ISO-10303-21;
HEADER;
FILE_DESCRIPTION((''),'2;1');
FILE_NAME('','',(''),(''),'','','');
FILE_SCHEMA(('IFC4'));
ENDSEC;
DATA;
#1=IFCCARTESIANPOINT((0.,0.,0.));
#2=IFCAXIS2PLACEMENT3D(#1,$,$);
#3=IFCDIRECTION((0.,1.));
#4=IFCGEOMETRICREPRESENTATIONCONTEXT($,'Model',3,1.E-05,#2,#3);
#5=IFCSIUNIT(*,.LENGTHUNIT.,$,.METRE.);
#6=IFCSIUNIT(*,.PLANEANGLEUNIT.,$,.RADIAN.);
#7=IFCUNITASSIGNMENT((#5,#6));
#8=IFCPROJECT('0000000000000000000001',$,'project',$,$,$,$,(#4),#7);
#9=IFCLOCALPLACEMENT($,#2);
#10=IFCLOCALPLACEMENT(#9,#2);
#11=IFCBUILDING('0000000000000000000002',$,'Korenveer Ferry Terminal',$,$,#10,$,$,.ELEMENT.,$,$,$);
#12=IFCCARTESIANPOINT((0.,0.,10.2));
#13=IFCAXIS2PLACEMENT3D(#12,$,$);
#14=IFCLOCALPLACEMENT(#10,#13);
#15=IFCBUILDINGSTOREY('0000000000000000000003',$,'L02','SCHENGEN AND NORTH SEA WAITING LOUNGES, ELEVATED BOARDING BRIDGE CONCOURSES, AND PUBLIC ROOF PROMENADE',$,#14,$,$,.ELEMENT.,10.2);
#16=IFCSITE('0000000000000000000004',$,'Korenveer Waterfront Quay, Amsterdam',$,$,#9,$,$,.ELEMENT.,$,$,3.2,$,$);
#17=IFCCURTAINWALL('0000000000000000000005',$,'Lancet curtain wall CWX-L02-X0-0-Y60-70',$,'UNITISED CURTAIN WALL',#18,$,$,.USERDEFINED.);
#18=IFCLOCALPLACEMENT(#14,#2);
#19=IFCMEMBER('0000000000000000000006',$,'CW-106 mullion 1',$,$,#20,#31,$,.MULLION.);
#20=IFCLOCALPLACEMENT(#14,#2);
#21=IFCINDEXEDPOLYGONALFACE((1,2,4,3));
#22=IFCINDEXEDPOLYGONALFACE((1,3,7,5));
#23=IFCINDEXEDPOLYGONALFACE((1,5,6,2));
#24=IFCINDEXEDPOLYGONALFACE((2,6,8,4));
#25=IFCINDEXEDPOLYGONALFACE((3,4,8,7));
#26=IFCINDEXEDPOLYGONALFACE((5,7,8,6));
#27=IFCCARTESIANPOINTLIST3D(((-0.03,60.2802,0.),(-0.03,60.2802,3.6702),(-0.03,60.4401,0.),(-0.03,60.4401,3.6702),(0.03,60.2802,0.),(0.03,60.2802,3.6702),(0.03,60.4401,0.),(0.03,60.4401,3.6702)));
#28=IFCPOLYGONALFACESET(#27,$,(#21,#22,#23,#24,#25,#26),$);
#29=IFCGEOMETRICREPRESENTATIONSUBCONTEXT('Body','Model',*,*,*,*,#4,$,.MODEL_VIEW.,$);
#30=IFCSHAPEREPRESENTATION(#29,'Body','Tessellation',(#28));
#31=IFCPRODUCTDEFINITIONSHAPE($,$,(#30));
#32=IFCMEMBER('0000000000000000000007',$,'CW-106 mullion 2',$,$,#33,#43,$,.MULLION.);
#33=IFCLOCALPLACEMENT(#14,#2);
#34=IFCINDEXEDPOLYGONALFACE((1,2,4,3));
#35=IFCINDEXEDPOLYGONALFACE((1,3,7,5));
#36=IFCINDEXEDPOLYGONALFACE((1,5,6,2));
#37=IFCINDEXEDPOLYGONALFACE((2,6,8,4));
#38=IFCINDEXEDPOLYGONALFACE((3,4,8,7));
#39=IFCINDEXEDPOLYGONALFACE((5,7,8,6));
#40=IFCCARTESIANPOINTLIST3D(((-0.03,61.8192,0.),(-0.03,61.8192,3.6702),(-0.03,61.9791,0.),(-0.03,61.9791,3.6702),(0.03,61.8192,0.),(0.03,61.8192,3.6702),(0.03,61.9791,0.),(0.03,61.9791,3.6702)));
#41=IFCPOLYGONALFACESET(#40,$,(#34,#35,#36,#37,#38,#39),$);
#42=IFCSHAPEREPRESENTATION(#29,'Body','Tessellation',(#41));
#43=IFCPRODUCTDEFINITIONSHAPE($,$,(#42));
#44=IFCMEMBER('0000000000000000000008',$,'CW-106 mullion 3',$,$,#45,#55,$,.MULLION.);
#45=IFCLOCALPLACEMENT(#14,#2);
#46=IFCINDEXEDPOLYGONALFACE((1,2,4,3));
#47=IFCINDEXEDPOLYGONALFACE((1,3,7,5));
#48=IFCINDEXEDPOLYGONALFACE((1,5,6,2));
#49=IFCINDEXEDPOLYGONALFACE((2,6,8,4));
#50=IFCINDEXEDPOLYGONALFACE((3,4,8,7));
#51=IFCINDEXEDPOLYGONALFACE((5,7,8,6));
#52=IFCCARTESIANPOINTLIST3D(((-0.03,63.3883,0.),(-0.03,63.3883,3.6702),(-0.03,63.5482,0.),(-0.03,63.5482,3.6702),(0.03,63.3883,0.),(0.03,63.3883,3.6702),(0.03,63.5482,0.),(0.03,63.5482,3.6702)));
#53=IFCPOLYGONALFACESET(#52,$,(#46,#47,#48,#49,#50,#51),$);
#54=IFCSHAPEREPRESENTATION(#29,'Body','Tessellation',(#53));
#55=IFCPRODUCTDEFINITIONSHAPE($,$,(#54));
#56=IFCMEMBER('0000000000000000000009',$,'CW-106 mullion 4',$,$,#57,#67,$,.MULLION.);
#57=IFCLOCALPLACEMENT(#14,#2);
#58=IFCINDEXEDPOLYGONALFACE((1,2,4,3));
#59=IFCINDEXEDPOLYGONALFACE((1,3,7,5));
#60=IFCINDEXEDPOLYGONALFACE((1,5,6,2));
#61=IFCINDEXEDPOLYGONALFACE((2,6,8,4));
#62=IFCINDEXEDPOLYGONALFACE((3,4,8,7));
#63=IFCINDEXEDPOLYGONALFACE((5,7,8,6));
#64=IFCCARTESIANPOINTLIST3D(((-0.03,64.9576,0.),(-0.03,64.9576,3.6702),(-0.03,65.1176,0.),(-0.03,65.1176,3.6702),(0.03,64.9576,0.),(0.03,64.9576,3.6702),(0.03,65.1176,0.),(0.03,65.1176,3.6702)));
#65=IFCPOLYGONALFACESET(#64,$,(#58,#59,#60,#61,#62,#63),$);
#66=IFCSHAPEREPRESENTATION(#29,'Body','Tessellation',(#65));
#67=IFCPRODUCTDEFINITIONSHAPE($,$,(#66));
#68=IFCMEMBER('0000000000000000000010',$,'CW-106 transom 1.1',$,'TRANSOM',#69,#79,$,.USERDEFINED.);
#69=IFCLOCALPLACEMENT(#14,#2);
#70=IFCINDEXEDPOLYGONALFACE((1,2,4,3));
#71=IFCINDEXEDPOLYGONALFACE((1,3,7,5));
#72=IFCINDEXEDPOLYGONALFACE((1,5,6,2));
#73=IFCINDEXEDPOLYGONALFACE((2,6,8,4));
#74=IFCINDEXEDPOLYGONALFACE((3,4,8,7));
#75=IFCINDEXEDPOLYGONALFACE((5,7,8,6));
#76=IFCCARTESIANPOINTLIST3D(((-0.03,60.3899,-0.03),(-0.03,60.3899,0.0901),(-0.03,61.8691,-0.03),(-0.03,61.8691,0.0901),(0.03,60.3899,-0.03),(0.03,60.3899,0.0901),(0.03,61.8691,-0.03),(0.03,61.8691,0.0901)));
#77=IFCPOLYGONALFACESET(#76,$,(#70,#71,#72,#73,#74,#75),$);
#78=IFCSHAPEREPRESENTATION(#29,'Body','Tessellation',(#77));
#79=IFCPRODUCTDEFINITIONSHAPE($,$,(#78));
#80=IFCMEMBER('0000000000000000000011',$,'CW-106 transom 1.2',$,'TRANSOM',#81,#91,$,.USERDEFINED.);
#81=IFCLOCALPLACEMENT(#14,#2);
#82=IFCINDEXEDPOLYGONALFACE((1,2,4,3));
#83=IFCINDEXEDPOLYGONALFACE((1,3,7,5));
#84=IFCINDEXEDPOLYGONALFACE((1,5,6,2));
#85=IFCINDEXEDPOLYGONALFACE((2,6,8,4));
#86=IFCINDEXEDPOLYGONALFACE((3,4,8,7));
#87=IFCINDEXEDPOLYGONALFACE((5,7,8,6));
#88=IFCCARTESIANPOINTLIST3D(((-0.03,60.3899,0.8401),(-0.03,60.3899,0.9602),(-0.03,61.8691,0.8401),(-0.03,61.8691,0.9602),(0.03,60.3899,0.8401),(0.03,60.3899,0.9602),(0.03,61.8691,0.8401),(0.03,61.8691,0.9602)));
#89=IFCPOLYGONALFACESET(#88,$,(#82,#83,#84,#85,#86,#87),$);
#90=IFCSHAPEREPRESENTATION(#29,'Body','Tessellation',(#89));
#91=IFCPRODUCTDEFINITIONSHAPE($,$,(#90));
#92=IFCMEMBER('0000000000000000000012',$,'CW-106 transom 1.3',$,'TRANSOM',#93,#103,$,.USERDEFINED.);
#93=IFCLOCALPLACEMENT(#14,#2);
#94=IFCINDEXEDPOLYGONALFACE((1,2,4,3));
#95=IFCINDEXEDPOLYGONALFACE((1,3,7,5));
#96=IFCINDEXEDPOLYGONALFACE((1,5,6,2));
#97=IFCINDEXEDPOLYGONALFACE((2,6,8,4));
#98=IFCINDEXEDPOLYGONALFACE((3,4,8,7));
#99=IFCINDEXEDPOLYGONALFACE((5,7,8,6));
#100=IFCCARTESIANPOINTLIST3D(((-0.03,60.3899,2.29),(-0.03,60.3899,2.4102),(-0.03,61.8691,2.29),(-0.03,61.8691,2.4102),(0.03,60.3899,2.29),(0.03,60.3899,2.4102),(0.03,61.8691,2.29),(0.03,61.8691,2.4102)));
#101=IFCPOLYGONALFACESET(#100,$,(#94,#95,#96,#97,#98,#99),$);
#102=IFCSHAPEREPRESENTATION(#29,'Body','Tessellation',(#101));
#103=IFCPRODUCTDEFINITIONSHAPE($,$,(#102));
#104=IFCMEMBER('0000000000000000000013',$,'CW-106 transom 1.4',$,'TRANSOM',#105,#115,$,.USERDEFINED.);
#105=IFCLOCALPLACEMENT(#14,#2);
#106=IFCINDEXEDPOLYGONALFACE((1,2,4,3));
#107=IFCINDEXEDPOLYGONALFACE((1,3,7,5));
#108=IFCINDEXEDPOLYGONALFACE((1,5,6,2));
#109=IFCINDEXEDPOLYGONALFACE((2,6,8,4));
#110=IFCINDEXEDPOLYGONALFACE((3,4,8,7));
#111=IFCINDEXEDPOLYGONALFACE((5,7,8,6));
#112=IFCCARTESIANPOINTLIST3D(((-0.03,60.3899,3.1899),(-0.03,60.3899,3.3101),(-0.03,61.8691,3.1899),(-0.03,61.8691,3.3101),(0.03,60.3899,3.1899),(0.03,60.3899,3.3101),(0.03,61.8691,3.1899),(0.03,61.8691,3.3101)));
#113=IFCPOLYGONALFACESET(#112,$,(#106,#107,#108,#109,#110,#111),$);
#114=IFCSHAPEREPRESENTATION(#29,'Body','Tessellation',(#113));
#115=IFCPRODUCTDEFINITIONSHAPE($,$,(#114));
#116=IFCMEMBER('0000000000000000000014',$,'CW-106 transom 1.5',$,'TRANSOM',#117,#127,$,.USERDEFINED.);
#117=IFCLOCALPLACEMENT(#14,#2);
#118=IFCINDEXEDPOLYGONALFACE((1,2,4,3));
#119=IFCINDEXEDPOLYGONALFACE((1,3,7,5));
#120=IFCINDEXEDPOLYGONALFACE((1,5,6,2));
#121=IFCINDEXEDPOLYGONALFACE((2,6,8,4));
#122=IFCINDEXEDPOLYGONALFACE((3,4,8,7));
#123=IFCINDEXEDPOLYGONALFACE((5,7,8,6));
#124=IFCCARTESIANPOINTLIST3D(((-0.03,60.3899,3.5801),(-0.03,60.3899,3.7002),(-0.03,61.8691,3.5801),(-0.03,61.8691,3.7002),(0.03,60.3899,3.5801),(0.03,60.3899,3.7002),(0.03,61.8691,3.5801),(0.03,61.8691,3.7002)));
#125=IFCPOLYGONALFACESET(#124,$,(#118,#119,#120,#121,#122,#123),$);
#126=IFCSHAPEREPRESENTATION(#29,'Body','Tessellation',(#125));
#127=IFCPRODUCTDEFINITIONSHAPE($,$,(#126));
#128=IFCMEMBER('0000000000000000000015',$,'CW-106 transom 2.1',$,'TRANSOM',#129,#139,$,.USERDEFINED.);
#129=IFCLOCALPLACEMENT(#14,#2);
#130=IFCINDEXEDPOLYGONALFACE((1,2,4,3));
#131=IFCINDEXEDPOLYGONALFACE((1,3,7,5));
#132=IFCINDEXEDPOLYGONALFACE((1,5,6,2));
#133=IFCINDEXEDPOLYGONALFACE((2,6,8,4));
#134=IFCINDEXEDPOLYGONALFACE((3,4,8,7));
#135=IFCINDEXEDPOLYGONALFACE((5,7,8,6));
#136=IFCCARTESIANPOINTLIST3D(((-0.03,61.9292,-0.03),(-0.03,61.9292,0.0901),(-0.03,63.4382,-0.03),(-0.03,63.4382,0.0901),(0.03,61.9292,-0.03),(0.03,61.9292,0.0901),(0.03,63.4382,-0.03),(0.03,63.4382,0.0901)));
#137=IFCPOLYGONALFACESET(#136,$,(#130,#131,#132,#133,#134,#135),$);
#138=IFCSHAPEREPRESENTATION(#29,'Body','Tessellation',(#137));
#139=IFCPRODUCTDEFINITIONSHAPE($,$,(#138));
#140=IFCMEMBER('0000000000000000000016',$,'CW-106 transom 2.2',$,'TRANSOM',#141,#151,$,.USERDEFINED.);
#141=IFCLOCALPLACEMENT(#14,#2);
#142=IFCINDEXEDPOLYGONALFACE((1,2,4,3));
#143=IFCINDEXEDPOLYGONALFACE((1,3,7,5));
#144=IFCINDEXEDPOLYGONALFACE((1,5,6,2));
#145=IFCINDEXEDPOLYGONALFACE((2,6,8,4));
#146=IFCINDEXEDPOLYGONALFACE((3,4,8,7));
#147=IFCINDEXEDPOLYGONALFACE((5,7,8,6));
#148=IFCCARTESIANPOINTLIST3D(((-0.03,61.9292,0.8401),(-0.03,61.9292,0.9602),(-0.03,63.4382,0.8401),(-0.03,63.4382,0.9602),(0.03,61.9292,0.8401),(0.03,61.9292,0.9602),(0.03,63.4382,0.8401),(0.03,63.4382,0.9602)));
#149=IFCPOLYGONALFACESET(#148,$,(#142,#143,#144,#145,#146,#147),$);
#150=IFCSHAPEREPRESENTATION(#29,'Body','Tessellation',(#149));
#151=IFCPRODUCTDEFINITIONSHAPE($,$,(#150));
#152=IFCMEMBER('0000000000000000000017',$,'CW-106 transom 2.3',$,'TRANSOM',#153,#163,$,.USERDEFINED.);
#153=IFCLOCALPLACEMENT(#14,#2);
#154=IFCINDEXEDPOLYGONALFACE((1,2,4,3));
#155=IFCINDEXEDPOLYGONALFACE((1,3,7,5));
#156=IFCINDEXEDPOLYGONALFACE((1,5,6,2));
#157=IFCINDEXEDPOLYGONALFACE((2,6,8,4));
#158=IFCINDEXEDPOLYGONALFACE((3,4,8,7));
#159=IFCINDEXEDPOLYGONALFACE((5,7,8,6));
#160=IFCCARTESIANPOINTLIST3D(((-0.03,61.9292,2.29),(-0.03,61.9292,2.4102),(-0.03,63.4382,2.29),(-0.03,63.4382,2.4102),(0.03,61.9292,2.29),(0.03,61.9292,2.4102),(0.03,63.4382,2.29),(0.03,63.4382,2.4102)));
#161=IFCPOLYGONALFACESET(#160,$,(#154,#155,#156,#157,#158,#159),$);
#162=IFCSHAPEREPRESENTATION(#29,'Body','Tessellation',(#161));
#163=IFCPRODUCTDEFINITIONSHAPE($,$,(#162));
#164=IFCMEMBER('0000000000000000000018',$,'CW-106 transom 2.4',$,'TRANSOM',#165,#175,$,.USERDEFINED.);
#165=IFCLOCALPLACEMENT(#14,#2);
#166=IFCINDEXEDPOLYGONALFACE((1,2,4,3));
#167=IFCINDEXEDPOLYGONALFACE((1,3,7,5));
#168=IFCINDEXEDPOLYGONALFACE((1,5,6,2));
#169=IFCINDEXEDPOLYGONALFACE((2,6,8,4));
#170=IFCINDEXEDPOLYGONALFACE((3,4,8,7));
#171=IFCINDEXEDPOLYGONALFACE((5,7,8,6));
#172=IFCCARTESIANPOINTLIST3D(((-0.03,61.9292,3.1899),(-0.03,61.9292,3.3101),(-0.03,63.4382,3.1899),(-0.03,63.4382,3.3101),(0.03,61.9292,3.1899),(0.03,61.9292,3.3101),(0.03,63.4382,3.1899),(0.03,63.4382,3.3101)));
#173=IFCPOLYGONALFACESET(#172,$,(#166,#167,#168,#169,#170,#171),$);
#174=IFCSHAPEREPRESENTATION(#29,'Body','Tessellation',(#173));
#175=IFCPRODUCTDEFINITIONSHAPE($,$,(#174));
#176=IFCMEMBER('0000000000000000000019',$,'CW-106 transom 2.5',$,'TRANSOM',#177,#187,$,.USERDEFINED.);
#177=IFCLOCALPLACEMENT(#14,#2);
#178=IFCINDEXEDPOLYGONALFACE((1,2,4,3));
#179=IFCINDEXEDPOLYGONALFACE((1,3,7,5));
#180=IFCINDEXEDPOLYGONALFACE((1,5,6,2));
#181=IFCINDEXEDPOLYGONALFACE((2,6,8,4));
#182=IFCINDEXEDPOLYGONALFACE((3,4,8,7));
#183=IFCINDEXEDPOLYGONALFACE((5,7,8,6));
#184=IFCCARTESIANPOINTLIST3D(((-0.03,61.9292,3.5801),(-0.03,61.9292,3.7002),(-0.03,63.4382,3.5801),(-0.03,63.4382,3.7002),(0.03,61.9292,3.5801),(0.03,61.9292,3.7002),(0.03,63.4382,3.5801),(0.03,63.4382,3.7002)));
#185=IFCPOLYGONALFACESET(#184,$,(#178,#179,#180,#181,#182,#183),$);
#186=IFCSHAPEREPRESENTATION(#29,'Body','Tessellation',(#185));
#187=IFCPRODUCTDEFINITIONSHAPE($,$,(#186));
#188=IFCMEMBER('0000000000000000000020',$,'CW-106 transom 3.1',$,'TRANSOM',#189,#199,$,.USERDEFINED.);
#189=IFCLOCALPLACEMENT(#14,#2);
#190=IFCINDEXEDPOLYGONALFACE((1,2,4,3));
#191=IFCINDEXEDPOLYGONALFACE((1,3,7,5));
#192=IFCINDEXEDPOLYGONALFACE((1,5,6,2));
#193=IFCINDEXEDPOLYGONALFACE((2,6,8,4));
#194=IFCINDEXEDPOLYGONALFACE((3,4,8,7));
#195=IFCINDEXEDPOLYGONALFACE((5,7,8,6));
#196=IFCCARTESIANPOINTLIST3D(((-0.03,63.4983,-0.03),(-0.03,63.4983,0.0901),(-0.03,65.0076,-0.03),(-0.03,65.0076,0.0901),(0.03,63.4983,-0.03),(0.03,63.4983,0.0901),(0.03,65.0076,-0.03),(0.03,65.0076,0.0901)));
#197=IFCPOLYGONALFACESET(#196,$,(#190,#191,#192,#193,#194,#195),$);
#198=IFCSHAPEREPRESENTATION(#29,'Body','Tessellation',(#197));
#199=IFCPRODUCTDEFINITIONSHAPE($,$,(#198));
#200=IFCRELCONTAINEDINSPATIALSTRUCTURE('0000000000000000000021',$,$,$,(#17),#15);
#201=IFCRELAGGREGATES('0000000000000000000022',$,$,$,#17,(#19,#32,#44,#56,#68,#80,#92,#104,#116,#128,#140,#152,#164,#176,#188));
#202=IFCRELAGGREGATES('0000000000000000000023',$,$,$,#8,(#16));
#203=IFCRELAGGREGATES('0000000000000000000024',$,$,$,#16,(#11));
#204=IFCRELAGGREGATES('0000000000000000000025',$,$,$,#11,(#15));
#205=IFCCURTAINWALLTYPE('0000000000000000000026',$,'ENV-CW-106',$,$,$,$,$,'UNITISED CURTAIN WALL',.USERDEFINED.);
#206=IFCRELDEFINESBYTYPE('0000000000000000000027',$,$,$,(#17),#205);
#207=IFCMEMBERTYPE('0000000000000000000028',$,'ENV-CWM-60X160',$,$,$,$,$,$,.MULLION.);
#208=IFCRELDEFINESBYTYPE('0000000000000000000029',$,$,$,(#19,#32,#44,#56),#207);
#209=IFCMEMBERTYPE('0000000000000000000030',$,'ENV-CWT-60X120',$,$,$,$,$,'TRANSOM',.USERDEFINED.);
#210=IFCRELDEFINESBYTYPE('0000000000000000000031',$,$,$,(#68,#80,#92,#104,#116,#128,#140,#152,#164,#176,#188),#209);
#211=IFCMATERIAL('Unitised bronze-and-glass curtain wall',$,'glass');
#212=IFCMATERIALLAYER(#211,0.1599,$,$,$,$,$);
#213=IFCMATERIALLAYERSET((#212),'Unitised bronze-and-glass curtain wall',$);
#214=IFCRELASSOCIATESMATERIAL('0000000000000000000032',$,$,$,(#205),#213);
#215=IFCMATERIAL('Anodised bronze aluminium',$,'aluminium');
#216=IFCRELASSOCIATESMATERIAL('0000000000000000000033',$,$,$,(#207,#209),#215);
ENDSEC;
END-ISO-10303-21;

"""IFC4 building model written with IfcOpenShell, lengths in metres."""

from ifc_helpers import new_model, si_unit, direction, frame, origin, origin_2d, place, context, subcontext, project, spatial, rectangle, extrude, material, layer, layer_set, material_profile, profile_set, type_object, element, aggregate, save


model = new_model("IFC4")

# Units and contexts
model_context = context("Model", 3, precision=1e-05, world=origin(), true_north=direction((0.0, 1.0)))
body_context = subcontext(model_context, "Body", "Model", "MODEL_VIEW")
ifc_project = project(units=[si_unit("LENGTHUNIT", "METRE"), si_unit("PLANEANGLEUNIT", "RADIAN")], contexts=[model_context])

# Site, building, storey
site_placement = place(None, origin())
site = spatial("IfcSite", under=ifc_project, at=site_placement, Name="Korenveer Waterfront Quay, Amsterdam", CompositionType="ELEMENT", RefElevation=3.2)
building_placement = place(site_placement, origin())
building = spatial("IfcBuilding", under=site, at=building_placement, Name="Korenveer Ferry Terminal", CompositionType="ELEMENT")
storey_placement = place(building_placement, frame((0.0, 0.0, 10.2)))
storey = spatial("IfcBuildingStorey", under=building, at=storey_placement, Name="L02", Description="SCHENGEN AND NORTH SEA WAITING LOUNGES, ELEVATED BOARDING BRIDGE CONCOURSES, AND PUBLIC ROOF PROMENADE", CompositionType="ELEMENT", Elevation=10.2)

# Curtain wall, members
ifc_material_1 = material(Name="Unitised bronze-and-glass curtain wall", Category="glass")
ifc_layer_1 = layer(ifc_material_1, 0.1599)
ifc_layer_set_1 = layer_set([ifc_layer_1], Name="Unitised bronze-and-glass curtain wall")
curtain_wall_type = type_object("IfcCurtainWallType", Name="ENV-CW-106", ElementType="UNITISED CURTAIN WALL", PredefinedType="USERDEFINED", material=ifc_layer_set_1)
curtain_wall_placement = place(storey_placement, frame((0.0, 60.3301, 0.0)))
curtain_wall = element("IfcCurtainWall", 1, at=curtain_wall_placement, inside=storey, type_object=curtain_wall_type, Name="Lancet curtain wall CWX-L02-X0-0-Y60-70", ObjectType="UNITISED CURTAIN WALL", PredefinedType="USERDEFINED")
ifc_material_2 = material(Name="Anodised bronze aluminium", Category="aluminium")
ifc_material_profile_1 = material_profile(ifc_material_2, rectangle(XDim=0.0601, YDim=0.1599, at=origin_2d()), Name="ALU 60x160")
ifc_profile_set_1 = profile_set([ifc_material_profile_1], Name="Anodised bronze aluminium")
member_type_1 = type_object("IfcMemberType", Name="ENV-CWM-60X160", PredefinedType="MULLION", material=ifc_profile_set_1)
member_1_placement = place(storey_placement, frame((0.0, 60.3601, 0.0), z_axis=(0.0, 0.0, 1.0), x_axis=(-1.0, 0.0, 0.0)))
member_1 = element("IfcMember", 2, at=member_1_placement, type_object=member_type_1, Name="CW-106 mullion 1", PredefinedType="MULLION", context=body_context, shape_type="SweptSolid", body=[
    extrude(rectangle(XDim=0.0601, YDim=0.1599, at=origin_2d()), origin(), (0.0, 0.0, 1.0), 3.6702),
])
member_2_placement = place(storey_placement, frame((0.0, 61.8992, 0.0), z_axis=(0.0, 0.0, 1.0), x_axis=(-1.0, 0.0, 0.0)))
member_2 = element("IfcMember", 3, at=member_2_placement, type_object=member_type_1, Name="CW-106 mullion 2", PredefinedType="MULLION", context=body_context, shape_type="SweptSolid", body=[
    extrude(rectangle(XDim=0.0601, YDim=0.1599, at=origin_2d()), origin(), (0.0, 0.0, 1.0), 3.6702),
])
member_3_placement = place(storey_placement, frame((0.0, 63.4683, 0.0), z_axis=(0.0, 0.0, 1.0), x_axis=(-1.0, 0.0, 0.0)))
member_3 = element("IfcMember", 4, at=member_3_placement, type_object=member_type_1, Name="CW-106 mullion 3", PredefinedType="MULLION", context=body_context, shape_type="SweptSolid", body=[
    extrude(rectangle(XDim=0.0601, YDim=0.1599, at=origin_2d()), origin(), (0.0, 0.0, 1.0), 3.6702),
])
member_4_placement = place(storey_placement, frame((0.0, 65.0376, 0.0), z_axis=(0.0, 0.0, 1.0), x_axis=(-1.0, 0.0, 0.0)))
member_4 = element("IfcMember", 5, at=member_4_placement, type_object=member_type_1, Name="CW-106 mullion 4", PredefinedType="MULLION", context=body_context, shape_type="SweptSolid", body=[
    extrude(rectangle(XDim=0.0601, YDim=0.1599, at=origin_2d()), origin(), (0.0, 0.0, 1.0), 3.6702),
])
ifc_material_profile_2 = material_profile(ifc_material_2, rectangle(XDim=0.0601, YDim=0.1201, at=origin_2d()), Name="ALU 60x120")
ifc_profile_set_2 = profile_set([ifc_material_profile_2], Name="Anodised bronze aluminium")
member_type_2 = type_object("IfcMemberType", Name="ENV-CWT-60X120", ElementType="TRANSOM", PredefinedType="USERDEFINED", material=ifc_profile_set_2)
member_5_placement = place(storey_placement, frame((0.0, 60.3899, 0.03), z_axis=(0.0, 1.0, 0.0), x_axis=(-1.0, 0.0, 0.0)))
member_5 = element("IfcMember", 6, at=member_5_placement, type_object=member_type_2, Name="CW-106 transom 1.1", ObjectType="TRANSOM", PredefinedType="USERDEFINED", context=body_context, shape_type="SweptSolid", body=[
    extrude(rectangle(XDim=0.0601, YDim=0.1201, at=origin_2d()), origin(), (0.0, 0.0, 1.0), 1.4792),
])
member_6_placement = place(storey_placement, frame((0.0, 60.3899, 0.9001), z_axis=(0.0, 1.0, 0.0), x_axis=(-1.0, 0.0, 0.0)))
member_6 = element("IfcMember", 7, at=member_6_placement, type_object=member_type_2, Name="CW-106 transom 1.2", ObjectType="TRANSOM", PredefinedType="USERDEFINED", context=body_context, shape_type="SweptSolid", body=[
    extrude(rectangle(XDim=0.0601, YDim=0.1201, at=origin_2d()), origin(), (0.0, 0.0, 1.0), 1.4792),
])
member_7_placement = place(storey_placement, frame((0.0, 60.3899, 2.3501), z_axis=(0.0, 1.0, 0.0), x_axis=(-1.0, 0.0, 0.0)))
member_7 = element("IfcMember", 8, at=member_7_placement, type_object=member_type_2, Name="CW-106 transom 1.3", ObjectType="TRANSOM", PredefinedType="USERDEFINED", context=body_context, shape_type="SweptSolid", body=[
    extrude(rectangle(XDim=0.0601, YDim=0.1201, at=origin_2d()), origin(), (0.0, 0.0, 1.0), 1.4792),
])
member_8_placement = place(storey_placement, frame((0.0, 60.3899, 3.25), z_axis=(0.0, 1.0, 0.0), x_axis=(-1.0, 0.0, 0.0)))
member_8 = element("IfcMember", 9, at=member_8_placement, type_object=member_type_2, Name="CW-106 transom 1.4", ObjectType="TRANSOM", PredefinedType="USERDEFINED", context=body_context, shape_type="SweptSolid", body=[
    extrude(rectangle(XDim=0.0601, YDim=0.1201, at=origin_2d()), origin(), (0.0, 0.0, 1.0), 1.4792),
])
member_9_placement = place(storey_placement, frame((0.0, 60.3899, 3.6401), z_axis=(0.0, 1.0, 0.0), x_axis=(-1.0, 0.0, 0.0)))
member_9 = element("IfcMember", 10, at=member_9_placement, type_object=member_type_2, Name="CW-106 transom 1.5", ObjectType="TRANSOM", PredefinedType="USERDEFINED", context=body_context, shape_type="SweptSolid", body=[
    extrude(rectangle(XDim=0.0601, YDim=0.1201, at=origin_2d()), origin(), (0.0, 0.0, 1.0), 1.4792),
])
member_10_placement = place(storey_placement, frame((0.0, 61.9292, 0.03), z_axis=(0.0, 1.0, 0.0), x_axis=(-1.0, 0.0, 0.0)))
member_10 = element("IfcMember", 11, at=member_10_placement, type_object=member_type_2, Name="CW-106 transom 2.1", ObjectType="TRANSOM", PredefinedType="USERDEFINED", context=body_context, shape_type="SweptSolid", body=[
    extrude(rectangle(XDim=0.0601, YDim=0.1201, at=origin_2d()), origin(), (0.0, 0.0, 1.0), 1.509),
])
member_11_placement = place(storey_placement, frame((0.0, 61.9292, 0.9001), z_axis=(0.0, 1.0, 0.0), x_axis=(-1.0, 0.0, 0.0)))
member_11 = element("IfcMember", 12, at=member_11_placement, type_object=member_type_2, Name="CW-106 transom 2.2", ObjectType="TRANSOM", PredefinedType="USERDEFINED", context=body_context, shape_type="SweptSolid", body=[
    extrude(rectangle(XDim=0.0601, YDim=0.1201, at=origin_2d()), origin(), (0.0, 0.0, 1.0), 1.509),
])
member_12_placement = place(storey_placement, frame((0.0, 61.9292, 2.3501), z_axis=(0.0, 1.0, 0.0), x_axis=(-1.0, 0.0, 0.0)))
member_12 = element("IfcMember", 13, at=member_12_placement, type_object=member_type_2, Name="CW-106 transom 2.3", ObjectType="TRANSOM", PredefinedType="USERDEFINED", context=body_context, shape_type="SweptSolid", body=[
    extrude(rectangle(XDim=0.0601, YDim=0.1201, at=origin_2d()), origin(), (0.0, 0.0, 1.0), 1.509),
])
member_13_placement = place(storey_placement, frame((0.0, 61.9292, 3.25), z_axis=(0.0, 1.0, 0.0), x_axis=(-1.0, 0.0, 0.0)))
member_13 = element("IfcMember", 14, at=member_13_placement, type_object=member_type_2, Name="CW-106 transom 2.4", ObjectType="TRANSOM", PredefinedType="USERDEFINED", context=body_context, shape_type="SweptSolid", body=[
    extrude(rectangle(XDim=0.0601, YDim=0.1201, at=origin_2d()), origin(), (0.0, 0.0, 1.0), 1.509),
])
member_14_placement = place(storey_placement, frame((0.0, 61.9292, 3.6401), z_axis=(0.0, 1.0, 0.0), x_axis=(-1.0, 0.0, 0.0)))
member_14 = element("IfcMember", 15, at=member_14_placement, type_object=member_type_2, Name="CW-106 transom 2.5", ObjectType="TRANSOM", PredefinedType="USERDEFINED", context=body_context, shape_type="SweptSolid", body=[
    extrude(rectangle(XDim=0.0601, YDim=0.1201, at=origin_2d()), origin(), (0.0, 0.0, 1.0), 1.509),
])
member_15_placement = place(storey_placement, frame((0.0, 63.4983, 0.03), z_axis=(0.0, 1.0, 0.0), x_axis=(-1.0, 0.0, 0.0)))
member_15 = element("IfcMember", 16, at=member_15_placement, type_object=member_type_2, Name="CW-106 transom 3.1", ObjectType="TRANSOM", PredefinedType="USERDEFINED", context=body_context, shape_type="SweptSolid", body=[
    extrude(rectangle(XDim=0.0601, YDim=0.1201, at=origin_2d()), origin(), (0.0, 0.0, 1.0), 1.5093),
])

aggregate(curtain_wall, [member_1, member_2, member_3, member_4, member_5, member_6, member_7, member_8, member_9, member_10, member_11, member_12, member_13, member_14, member_15])

save(model, "model.ifc")
